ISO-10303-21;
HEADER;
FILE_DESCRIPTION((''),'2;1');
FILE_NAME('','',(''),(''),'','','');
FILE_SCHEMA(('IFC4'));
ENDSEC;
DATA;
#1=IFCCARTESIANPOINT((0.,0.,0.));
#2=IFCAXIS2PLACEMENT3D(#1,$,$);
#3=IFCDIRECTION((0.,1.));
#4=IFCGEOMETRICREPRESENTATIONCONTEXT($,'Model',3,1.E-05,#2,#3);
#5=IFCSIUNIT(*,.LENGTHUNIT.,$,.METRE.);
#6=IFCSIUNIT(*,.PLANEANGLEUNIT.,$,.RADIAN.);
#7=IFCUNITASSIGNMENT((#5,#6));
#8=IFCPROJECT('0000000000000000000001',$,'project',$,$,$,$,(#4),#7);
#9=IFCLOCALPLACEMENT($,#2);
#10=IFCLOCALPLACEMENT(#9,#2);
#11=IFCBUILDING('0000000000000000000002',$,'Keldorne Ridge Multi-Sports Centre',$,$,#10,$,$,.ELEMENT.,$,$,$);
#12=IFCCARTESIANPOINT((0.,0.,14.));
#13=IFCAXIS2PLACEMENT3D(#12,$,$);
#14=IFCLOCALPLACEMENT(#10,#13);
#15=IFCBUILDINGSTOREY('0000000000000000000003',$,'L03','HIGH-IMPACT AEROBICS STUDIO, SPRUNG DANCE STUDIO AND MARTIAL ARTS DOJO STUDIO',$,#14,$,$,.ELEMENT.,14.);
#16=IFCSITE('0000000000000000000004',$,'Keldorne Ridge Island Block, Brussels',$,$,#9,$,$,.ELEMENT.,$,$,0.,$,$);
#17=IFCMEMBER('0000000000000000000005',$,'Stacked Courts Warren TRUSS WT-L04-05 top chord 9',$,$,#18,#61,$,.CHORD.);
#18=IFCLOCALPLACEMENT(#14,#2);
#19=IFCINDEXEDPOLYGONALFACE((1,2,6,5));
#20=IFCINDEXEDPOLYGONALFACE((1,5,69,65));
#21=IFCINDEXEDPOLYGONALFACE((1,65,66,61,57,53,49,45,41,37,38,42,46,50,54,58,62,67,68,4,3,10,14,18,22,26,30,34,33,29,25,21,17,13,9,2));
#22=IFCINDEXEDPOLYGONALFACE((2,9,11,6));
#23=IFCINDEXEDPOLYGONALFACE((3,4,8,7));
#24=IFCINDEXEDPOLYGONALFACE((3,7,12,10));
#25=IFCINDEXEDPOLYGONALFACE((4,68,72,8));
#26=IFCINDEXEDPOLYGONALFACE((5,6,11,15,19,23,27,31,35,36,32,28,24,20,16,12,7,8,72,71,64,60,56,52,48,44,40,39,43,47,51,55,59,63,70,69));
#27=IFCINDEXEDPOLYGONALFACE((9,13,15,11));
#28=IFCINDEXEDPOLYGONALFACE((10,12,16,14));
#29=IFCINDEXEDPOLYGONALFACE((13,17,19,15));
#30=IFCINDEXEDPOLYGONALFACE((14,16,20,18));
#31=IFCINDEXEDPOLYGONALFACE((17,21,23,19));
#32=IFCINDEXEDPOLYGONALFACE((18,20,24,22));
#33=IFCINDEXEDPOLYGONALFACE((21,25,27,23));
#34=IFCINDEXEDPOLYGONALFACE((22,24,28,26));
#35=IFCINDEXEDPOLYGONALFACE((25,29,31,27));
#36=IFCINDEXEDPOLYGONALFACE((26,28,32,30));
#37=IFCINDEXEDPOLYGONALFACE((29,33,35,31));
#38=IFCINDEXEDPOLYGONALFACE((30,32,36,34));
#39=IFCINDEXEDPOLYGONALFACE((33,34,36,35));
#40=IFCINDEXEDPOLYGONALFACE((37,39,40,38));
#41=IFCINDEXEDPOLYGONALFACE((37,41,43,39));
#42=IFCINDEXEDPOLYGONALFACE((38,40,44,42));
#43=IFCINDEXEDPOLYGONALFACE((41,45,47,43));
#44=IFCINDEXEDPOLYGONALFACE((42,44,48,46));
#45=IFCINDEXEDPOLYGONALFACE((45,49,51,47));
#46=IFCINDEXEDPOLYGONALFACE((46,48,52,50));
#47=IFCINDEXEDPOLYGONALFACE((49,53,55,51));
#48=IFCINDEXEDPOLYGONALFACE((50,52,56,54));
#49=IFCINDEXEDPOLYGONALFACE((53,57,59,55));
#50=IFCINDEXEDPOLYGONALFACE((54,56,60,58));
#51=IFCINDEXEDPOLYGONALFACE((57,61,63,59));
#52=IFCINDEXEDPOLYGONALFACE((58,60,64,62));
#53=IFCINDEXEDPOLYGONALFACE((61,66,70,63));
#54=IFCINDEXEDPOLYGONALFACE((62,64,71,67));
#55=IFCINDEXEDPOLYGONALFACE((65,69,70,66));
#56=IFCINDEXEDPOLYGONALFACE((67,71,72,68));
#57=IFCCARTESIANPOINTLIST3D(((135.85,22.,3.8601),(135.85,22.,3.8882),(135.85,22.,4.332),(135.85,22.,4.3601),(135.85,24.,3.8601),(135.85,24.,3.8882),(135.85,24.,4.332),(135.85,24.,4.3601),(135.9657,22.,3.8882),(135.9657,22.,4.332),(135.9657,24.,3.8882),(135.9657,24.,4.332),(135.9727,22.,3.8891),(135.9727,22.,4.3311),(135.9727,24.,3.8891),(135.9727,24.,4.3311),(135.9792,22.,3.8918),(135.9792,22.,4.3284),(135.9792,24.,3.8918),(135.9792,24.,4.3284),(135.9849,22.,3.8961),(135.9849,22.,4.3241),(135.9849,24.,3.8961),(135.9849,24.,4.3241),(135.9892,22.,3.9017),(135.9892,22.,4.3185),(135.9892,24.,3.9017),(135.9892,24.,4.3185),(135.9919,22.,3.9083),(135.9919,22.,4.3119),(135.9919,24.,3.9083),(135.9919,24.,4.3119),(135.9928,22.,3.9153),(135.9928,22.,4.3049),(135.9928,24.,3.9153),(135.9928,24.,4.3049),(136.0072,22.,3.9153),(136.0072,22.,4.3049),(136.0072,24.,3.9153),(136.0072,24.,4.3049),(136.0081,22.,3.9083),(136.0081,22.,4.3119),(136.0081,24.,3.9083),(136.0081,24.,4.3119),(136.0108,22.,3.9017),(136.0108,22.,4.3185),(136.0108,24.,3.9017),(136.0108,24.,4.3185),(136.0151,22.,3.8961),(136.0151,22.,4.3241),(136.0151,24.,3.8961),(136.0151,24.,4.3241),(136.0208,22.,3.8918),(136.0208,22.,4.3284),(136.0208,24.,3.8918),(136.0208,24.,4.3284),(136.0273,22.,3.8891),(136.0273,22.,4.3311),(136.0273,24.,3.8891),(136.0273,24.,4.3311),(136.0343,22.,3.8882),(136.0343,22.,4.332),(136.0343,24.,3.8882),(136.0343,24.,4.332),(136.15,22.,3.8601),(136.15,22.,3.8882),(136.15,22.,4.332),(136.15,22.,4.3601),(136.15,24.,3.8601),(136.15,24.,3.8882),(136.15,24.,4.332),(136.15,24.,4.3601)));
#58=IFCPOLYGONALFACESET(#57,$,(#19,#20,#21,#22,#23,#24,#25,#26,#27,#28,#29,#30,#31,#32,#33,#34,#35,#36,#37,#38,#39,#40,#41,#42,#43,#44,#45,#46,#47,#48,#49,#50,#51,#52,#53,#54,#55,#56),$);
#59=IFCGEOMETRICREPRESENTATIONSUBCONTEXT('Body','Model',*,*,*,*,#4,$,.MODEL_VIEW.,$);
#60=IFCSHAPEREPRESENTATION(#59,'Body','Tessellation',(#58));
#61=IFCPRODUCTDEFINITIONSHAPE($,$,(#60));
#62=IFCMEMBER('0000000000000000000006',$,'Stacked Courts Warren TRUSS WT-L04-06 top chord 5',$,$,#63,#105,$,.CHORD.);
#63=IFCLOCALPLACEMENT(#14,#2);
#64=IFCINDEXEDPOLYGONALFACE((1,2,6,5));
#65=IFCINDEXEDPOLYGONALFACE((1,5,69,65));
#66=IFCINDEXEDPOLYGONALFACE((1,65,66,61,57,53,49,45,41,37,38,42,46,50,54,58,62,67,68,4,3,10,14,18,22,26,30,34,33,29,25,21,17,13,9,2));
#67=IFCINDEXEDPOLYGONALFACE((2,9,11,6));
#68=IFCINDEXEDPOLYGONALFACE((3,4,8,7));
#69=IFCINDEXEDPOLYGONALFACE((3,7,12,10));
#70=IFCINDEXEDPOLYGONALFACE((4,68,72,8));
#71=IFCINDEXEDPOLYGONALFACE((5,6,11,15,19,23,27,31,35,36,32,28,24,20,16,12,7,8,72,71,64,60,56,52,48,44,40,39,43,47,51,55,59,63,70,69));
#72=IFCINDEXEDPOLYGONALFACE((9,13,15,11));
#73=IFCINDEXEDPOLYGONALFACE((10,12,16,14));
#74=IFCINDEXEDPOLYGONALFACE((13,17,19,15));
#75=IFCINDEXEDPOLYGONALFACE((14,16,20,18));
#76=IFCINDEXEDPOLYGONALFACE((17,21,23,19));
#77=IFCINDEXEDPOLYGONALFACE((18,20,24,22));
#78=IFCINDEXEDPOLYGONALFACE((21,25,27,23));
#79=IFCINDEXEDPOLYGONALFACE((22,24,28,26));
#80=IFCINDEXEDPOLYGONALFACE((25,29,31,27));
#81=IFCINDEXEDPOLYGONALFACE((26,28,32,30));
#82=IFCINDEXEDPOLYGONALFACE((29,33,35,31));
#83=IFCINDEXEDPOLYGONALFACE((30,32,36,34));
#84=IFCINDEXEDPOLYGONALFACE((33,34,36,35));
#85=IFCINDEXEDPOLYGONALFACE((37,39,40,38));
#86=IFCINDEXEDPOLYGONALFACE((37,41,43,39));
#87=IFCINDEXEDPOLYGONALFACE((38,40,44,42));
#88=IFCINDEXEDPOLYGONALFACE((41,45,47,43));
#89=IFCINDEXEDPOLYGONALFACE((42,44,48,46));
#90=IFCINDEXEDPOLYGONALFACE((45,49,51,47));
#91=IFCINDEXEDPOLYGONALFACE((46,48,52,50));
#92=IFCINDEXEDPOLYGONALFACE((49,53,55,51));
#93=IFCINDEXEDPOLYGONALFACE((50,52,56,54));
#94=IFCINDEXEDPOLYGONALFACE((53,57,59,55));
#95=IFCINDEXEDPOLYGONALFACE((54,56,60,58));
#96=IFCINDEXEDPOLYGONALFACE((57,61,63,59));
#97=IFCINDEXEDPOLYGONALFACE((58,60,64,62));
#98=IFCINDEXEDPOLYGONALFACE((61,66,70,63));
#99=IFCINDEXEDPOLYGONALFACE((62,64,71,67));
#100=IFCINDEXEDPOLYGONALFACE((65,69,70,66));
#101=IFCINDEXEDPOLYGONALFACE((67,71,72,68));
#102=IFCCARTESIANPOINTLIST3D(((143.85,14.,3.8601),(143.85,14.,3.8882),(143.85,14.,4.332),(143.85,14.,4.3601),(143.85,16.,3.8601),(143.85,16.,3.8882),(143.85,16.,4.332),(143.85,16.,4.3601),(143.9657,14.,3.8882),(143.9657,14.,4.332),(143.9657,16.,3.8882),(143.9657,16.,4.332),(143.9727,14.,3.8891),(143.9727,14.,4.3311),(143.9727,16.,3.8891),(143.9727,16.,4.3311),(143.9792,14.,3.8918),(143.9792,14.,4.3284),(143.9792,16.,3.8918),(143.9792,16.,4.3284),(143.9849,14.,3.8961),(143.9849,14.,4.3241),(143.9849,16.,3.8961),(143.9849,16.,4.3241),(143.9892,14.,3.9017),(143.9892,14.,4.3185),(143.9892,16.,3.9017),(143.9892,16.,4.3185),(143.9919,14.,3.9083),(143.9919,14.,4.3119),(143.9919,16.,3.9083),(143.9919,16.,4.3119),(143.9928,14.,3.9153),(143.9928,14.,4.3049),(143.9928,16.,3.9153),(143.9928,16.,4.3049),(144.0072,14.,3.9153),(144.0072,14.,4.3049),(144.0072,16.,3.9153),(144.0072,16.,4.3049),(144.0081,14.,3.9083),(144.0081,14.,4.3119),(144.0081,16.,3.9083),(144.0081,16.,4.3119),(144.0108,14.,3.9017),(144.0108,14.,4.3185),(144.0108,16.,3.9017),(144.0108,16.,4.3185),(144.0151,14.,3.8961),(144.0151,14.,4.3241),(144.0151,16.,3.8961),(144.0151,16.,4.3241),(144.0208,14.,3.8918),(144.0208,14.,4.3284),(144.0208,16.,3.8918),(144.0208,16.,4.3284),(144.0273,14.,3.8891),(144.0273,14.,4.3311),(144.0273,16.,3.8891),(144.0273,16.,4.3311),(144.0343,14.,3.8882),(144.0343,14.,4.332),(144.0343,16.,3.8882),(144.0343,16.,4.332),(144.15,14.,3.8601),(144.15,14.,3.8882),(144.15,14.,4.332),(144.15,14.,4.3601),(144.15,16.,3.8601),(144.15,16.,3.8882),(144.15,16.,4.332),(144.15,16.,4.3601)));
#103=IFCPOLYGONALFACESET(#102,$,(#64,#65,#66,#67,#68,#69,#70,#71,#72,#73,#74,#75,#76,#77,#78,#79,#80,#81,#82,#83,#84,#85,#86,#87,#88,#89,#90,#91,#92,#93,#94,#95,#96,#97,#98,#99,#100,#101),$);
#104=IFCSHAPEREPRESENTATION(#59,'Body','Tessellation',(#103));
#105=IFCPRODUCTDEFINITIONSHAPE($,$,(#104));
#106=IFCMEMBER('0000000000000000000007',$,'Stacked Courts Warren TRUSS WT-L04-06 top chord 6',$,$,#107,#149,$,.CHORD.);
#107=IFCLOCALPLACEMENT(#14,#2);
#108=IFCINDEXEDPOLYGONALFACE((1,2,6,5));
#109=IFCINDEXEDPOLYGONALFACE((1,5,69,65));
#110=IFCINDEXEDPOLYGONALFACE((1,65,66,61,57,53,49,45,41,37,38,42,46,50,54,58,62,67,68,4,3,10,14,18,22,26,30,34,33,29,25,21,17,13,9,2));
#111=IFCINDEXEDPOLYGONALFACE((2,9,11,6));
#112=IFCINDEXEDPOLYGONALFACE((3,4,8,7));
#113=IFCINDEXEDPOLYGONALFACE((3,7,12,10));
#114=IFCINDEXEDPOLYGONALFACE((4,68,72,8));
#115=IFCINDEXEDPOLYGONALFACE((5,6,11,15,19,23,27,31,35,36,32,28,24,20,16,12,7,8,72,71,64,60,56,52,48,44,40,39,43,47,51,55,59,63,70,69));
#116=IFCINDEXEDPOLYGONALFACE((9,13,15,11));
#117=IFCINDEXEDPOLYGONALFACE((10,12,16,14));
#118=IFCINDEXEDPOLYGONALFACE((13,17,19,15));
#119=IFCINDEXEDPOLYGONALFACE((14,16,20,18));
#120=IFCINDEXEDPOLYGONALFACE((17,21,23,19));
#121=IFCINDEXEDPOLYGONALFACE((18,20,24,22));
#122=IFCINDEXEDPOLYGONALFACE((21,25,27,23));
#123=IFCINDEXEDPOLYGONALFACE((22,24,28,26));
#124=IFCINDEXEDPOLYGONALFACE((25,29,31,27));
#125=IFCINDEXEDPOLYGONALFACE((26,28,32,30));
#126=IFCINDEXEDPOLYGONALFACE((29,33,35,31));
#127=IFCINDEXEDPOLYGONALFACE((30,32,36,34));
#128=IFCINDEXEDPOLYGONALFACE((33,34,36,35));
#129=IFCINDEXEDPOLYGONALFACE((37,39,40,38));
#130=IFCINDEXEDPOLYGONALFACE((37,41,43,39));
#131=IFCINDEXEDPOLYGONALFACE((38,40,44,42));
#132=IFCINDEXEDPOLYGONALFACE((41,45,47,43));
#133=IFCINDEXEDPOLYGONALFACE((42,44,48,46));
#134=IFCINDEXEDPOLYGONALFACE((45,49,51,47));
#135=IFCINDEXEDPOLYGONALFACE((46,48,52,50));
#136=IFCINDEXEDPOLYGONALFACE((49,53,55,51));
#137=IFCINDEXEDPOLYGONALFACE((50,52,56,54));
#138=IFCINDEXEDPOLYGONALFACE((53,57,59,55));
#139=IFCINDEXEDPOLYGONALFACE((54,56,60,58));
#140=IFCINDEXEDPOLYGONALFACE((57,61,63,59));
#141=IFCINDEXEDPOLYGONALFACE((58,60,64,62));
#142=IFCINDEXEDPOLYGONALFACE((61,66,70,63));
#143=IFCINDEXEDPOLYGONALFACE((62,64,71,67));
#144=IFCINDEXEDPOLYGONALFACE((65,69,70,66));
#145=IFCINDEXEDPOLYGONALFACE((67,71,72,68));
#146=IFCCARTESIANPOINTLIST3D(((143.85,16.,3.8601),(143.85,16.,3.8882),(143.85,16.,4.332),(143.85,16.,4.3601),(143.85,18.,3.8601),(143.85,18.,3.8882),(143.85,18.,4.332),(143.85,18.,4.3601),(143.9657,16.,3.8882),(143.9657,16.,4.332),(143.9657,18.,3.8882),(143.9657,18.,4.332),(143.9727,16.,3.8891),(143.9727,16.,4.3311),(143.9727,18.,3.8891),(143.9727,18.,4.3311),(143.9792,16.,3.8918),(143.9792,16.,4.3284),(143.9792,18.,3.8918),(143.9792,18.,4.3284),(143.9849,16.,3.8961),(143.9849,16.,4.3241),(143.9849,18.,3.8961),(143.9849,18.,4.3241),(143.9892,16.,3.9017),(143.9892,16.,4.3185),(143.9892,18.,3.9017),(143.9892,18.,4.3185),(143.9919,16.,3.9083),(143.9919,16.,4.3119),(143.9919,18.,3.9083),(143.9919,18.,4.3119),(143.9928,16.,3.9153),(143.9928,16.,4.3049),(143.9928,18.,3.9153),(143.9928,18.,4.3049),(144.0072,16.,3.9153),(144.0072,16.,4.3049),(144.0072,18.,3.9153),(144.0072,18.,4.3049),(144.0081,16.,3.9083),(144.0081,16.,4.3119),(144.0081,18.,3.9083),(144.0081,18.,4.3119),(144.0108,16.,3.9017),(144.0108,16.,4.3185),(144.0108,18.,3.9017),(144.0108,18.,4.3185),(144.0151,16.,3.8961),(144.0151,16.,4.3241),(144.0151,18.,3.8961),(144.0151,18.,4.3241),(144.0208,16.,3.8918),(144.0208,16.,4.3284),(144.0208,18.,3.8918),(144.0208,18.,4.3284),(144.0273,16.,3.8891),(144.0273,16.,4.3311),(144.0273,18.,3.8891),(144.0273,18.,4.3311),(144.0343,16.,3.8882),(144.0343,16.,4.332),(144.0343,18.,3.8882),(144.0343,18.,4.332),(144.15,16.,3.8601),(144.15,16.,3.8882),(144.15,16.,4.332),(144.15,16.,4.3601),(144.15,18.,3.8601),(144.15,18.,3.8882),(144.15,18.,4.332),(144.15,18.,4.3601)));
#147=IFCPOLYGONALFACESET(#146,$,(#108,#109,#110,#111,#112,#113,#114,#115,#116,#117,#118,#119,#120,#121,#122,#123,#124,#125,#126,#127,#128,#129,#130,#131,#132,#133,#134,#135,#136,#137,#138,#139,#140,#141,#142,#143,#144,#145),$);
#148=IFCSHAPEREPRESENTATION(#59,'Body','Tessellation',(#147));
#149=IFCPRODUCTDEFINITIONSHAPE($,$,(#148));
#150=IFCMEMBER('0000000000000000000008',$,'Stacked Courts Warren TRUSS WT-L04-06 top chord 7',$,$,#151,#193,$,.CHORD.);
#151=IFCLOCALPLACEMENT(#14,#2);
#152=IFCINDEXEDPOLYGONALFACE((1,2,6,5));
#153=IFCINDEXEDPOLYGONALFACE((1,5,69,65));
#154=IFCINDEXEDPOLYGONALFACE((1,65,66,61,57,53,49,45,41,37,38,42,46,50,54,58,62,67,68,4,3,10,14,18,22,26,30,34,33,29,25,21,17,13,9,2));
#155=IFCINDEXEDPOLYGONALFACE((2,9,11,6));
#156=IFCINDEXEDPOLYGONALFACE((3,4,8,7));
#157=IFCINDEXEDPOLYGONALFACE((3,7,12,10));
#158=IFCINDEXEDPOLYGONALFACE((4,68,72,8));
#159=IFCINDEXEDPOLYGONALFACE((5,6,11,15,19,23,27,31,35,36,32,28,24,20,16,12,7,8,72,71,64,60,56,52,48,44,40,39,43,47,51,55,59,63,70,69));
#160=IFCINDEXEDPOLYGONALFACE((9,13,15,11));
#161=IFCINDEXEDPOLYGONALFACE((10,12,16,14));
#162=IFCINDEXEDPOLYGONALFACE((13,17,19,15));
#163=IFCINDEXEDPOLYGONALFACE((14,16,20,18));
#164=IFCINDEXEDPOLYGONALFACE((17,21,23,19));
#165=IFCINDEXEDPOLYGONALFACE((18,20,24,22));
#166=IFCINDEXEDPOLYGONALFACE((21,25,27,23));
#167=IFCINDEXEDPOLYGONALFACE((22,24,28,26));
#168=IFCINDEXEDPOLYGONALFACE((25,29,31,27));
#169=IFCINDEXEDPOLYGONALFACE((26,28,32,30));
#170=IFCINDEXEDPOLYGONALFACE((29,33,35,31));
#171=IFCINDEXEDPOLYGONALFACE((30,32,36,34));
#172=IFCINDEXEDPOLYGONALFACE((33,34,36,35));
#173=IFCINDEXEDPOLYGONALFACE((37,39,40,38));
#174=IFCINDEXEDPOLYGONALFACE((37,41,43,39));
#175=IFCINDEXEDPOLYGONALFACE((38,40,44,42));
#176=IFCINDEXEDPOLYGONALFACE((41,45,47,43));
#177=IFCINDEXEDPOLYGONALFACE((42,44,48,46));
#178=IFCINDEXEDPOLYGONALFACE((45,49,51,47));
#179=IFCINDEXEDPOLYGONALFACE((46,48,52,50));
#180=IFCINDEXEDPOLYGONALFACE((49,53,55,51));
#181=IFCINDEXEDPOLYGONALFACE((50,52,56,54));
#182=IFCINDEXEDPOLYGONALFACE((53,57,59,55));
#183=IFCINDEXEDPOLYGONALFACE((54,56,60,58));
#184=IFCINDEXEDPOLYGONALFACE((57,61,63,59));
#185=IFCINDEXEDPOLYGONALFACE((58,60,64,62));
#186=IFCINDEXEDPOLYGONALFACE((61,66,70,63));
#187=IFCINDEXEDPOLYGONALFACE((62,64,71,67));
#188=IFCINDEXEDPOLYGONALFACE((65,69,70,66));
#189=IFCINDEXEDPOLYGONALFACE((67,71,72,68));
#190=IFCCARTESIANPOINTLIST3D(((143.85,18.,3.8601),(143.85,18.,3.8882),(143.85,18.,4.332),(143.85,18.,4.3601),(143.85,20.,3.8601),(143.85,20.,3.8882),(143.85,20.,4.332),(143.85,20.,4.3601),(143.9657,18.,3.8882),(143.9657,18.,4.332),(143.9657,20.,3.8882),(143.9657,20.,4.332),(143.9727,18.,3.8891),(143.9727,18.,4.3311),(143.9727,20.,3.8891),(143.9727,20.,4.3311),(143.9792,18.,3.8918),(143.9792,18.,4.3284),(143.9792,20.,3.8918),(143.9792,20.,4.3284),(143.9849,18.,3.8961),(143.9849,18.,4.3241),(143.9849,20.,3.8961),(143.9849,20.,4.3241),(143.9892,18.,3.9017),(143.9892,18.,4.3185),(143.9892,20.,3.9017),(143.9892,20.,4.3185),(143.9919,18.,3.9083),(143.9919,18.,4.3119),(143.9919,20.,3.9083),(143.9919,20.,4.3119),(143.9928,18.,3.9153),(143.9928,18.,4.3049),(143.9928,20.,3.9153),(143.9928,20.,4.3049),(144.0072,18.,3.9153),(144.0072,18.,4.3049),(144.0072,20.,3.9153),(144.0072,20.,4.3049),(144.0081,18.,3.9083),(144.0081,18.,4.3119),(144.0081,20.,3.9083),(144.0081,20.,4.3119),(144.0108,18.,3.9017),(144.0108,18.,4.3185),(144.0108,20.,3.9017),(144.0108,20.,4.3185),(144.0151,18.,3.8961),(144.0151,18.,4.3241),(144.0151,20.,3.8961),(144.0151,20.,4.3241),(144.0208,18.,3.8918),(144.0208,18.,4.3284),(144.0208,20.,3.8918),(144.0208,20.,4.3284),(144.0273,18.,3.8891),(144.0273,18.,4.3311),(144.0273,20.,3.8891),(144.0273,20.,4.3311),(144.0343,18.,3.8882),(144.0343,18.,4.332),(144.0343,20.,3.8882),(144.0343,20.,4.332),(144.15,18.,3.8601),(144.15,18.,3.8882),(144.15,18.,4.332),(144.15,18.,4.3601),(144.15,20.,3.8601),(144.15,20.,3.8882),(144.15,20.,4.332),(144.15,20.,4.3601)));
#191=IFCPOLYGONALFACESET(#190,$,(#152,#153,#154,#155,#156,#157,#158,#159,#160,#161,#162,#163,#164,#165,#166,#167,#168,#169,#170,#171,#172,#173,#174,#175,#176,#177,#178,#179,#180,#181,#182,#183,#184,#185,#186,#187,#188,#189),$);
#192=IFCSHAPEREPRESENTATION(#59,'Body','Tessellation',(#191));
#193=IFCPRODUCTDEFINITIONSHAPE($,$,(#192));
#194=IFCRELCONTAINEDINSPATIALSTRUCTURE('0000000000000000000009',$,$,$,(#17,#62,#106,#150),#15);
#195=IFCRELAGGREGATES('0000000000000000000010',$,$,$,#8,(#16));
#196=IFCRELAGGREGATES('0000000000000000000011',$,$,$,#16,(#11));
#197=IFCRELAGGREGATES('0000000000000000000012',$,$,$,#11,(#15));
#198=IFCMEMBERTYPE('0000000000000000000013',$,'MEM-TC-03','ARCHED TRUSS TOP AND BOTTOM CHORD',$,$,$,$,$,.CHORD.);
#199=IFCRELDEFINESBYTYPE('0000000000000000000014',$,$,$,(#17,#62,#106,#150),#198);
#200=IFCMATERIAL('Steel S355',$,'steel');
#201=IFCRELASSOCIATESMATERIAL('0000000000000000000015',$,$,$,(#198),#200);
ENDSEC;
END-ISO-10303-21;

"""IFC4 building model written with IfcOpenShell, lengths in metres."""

from ifc_helpers import new_model, si_unit, direction, frame, origin, origin_2d, place, context, subcontext, project, spatial, i_section, extrude, material, material_profile, profile_set, type_object, element, save


model = new_model("IFC4")

# Units and contexts
model_context = context("Model", 3, precision=1e-05, world=origin(), true_north=direction((0.0, 1.0)))
body_context = subcontext(model_context, "Body", "Model", "MODEL_VIEW")
ifc_project = project(units=[si_unit("LENGTHUNIT", "METRE"), si_unit("PLANEANGLEUNIT", "RADIAN")], contexts=[model_context])

# Site, building, storey
site_placement = place(None, origin())
site = spatial("IfcSite", under=ifc_project, at=site_placement, Name="Keldorne Ridge Island Block, Brussels", CompositionType="ELEMENT", RefElevation=0.0)
building_placement = place(site_placement, origin())
building = spatial("IfcBuilding", under=site, at=building_placement, Name="Keldorne Ridge Multi-Sports Centre", CompositionType="ELEMENT")
storey_placement = place(building_placement, frame((0.0, 0.0, 14.0)))
storey = spatial("IfcBuildingStorey", under=building, at=storey_placement, Name="L03", Description="HIGH-IMPACT AEROBICS STUDIO, SPRUNG DANCE STUDIO AND MARTIAL ARTS DOJO STUDIO", CompositionType="ELEMENT", Elevation=14.0)

# Members
ifc_material = material(Name="Steel S355", Category="steel")
ifc_material_profile_1 = material_profile(ifc_material, i_section(OverallWidth=0.3, OverallDepth=0.5, WebThickness=0.0144, FlangeThickness=0.0281, FilletRadius=0.0271, at=origin_2d()), Name="HEB 500")
ifc_profile_set_1 = profile_set([ifc_material_profile_1], Name="Steel S355")
member_type_1 = type_object("IfcMemberType", Name="MEM-TC-03", Description="ARCHED TRUSS TOP AND BOTTOM CHORD", PredefinedType="CHORD", material=ifc_profile_set_1)
for number, where, z_axis, x_axis, name in (
    (1, (136.0, 22.0, 4.1101), (0.0, 1.0, 0.0), (-1.0, 0.0, 0.0), "Stacked Courts Warren TRUSS WT-L04-05 top chord 9"),
    (2, (144.0, 14.0, 4.1101), (0.0, 1.0, 0.0), (-1.0, 0.0, 0.0), "Stacked Courts Warren TRUSS WT-L04-06 top chord 5"),
    (3, (144.0, 16.0, 4.1101), (0.0, 1.0, 0.0), (-1.0, 0.0, 0.0), "Stacked Courts Warren TRUSS WT-L04-06 top chord 6"),
    (4, (144.0, 18.0, 4.1101), (0.0, 1.0, 0.0), (-1.0, 0.0, 0.0), "Stacked Courts Warren TRUSS WT-L04-06 top chord 7"),
):
    element("IfcMember", number, at=place(storey_placement, frame(where, z_axis=z_axis, x_axis=x_axis)), inside=storey, type_object=member_type_1, Name=name, PredefinedType="CHORD", context=body_context, shape_type="SweptSolid", body=[
        extrude(i_section(OverallWidth=0.3, OverallDepth=0.5, WebThickness=0.0144, FlangeThickness=0.0281, FilletRadius=0.0271, at=origin_2d()), origin(), (0.0, 0.0, 1.0), 2.0),
    ])

save(model, "model.ifc")
